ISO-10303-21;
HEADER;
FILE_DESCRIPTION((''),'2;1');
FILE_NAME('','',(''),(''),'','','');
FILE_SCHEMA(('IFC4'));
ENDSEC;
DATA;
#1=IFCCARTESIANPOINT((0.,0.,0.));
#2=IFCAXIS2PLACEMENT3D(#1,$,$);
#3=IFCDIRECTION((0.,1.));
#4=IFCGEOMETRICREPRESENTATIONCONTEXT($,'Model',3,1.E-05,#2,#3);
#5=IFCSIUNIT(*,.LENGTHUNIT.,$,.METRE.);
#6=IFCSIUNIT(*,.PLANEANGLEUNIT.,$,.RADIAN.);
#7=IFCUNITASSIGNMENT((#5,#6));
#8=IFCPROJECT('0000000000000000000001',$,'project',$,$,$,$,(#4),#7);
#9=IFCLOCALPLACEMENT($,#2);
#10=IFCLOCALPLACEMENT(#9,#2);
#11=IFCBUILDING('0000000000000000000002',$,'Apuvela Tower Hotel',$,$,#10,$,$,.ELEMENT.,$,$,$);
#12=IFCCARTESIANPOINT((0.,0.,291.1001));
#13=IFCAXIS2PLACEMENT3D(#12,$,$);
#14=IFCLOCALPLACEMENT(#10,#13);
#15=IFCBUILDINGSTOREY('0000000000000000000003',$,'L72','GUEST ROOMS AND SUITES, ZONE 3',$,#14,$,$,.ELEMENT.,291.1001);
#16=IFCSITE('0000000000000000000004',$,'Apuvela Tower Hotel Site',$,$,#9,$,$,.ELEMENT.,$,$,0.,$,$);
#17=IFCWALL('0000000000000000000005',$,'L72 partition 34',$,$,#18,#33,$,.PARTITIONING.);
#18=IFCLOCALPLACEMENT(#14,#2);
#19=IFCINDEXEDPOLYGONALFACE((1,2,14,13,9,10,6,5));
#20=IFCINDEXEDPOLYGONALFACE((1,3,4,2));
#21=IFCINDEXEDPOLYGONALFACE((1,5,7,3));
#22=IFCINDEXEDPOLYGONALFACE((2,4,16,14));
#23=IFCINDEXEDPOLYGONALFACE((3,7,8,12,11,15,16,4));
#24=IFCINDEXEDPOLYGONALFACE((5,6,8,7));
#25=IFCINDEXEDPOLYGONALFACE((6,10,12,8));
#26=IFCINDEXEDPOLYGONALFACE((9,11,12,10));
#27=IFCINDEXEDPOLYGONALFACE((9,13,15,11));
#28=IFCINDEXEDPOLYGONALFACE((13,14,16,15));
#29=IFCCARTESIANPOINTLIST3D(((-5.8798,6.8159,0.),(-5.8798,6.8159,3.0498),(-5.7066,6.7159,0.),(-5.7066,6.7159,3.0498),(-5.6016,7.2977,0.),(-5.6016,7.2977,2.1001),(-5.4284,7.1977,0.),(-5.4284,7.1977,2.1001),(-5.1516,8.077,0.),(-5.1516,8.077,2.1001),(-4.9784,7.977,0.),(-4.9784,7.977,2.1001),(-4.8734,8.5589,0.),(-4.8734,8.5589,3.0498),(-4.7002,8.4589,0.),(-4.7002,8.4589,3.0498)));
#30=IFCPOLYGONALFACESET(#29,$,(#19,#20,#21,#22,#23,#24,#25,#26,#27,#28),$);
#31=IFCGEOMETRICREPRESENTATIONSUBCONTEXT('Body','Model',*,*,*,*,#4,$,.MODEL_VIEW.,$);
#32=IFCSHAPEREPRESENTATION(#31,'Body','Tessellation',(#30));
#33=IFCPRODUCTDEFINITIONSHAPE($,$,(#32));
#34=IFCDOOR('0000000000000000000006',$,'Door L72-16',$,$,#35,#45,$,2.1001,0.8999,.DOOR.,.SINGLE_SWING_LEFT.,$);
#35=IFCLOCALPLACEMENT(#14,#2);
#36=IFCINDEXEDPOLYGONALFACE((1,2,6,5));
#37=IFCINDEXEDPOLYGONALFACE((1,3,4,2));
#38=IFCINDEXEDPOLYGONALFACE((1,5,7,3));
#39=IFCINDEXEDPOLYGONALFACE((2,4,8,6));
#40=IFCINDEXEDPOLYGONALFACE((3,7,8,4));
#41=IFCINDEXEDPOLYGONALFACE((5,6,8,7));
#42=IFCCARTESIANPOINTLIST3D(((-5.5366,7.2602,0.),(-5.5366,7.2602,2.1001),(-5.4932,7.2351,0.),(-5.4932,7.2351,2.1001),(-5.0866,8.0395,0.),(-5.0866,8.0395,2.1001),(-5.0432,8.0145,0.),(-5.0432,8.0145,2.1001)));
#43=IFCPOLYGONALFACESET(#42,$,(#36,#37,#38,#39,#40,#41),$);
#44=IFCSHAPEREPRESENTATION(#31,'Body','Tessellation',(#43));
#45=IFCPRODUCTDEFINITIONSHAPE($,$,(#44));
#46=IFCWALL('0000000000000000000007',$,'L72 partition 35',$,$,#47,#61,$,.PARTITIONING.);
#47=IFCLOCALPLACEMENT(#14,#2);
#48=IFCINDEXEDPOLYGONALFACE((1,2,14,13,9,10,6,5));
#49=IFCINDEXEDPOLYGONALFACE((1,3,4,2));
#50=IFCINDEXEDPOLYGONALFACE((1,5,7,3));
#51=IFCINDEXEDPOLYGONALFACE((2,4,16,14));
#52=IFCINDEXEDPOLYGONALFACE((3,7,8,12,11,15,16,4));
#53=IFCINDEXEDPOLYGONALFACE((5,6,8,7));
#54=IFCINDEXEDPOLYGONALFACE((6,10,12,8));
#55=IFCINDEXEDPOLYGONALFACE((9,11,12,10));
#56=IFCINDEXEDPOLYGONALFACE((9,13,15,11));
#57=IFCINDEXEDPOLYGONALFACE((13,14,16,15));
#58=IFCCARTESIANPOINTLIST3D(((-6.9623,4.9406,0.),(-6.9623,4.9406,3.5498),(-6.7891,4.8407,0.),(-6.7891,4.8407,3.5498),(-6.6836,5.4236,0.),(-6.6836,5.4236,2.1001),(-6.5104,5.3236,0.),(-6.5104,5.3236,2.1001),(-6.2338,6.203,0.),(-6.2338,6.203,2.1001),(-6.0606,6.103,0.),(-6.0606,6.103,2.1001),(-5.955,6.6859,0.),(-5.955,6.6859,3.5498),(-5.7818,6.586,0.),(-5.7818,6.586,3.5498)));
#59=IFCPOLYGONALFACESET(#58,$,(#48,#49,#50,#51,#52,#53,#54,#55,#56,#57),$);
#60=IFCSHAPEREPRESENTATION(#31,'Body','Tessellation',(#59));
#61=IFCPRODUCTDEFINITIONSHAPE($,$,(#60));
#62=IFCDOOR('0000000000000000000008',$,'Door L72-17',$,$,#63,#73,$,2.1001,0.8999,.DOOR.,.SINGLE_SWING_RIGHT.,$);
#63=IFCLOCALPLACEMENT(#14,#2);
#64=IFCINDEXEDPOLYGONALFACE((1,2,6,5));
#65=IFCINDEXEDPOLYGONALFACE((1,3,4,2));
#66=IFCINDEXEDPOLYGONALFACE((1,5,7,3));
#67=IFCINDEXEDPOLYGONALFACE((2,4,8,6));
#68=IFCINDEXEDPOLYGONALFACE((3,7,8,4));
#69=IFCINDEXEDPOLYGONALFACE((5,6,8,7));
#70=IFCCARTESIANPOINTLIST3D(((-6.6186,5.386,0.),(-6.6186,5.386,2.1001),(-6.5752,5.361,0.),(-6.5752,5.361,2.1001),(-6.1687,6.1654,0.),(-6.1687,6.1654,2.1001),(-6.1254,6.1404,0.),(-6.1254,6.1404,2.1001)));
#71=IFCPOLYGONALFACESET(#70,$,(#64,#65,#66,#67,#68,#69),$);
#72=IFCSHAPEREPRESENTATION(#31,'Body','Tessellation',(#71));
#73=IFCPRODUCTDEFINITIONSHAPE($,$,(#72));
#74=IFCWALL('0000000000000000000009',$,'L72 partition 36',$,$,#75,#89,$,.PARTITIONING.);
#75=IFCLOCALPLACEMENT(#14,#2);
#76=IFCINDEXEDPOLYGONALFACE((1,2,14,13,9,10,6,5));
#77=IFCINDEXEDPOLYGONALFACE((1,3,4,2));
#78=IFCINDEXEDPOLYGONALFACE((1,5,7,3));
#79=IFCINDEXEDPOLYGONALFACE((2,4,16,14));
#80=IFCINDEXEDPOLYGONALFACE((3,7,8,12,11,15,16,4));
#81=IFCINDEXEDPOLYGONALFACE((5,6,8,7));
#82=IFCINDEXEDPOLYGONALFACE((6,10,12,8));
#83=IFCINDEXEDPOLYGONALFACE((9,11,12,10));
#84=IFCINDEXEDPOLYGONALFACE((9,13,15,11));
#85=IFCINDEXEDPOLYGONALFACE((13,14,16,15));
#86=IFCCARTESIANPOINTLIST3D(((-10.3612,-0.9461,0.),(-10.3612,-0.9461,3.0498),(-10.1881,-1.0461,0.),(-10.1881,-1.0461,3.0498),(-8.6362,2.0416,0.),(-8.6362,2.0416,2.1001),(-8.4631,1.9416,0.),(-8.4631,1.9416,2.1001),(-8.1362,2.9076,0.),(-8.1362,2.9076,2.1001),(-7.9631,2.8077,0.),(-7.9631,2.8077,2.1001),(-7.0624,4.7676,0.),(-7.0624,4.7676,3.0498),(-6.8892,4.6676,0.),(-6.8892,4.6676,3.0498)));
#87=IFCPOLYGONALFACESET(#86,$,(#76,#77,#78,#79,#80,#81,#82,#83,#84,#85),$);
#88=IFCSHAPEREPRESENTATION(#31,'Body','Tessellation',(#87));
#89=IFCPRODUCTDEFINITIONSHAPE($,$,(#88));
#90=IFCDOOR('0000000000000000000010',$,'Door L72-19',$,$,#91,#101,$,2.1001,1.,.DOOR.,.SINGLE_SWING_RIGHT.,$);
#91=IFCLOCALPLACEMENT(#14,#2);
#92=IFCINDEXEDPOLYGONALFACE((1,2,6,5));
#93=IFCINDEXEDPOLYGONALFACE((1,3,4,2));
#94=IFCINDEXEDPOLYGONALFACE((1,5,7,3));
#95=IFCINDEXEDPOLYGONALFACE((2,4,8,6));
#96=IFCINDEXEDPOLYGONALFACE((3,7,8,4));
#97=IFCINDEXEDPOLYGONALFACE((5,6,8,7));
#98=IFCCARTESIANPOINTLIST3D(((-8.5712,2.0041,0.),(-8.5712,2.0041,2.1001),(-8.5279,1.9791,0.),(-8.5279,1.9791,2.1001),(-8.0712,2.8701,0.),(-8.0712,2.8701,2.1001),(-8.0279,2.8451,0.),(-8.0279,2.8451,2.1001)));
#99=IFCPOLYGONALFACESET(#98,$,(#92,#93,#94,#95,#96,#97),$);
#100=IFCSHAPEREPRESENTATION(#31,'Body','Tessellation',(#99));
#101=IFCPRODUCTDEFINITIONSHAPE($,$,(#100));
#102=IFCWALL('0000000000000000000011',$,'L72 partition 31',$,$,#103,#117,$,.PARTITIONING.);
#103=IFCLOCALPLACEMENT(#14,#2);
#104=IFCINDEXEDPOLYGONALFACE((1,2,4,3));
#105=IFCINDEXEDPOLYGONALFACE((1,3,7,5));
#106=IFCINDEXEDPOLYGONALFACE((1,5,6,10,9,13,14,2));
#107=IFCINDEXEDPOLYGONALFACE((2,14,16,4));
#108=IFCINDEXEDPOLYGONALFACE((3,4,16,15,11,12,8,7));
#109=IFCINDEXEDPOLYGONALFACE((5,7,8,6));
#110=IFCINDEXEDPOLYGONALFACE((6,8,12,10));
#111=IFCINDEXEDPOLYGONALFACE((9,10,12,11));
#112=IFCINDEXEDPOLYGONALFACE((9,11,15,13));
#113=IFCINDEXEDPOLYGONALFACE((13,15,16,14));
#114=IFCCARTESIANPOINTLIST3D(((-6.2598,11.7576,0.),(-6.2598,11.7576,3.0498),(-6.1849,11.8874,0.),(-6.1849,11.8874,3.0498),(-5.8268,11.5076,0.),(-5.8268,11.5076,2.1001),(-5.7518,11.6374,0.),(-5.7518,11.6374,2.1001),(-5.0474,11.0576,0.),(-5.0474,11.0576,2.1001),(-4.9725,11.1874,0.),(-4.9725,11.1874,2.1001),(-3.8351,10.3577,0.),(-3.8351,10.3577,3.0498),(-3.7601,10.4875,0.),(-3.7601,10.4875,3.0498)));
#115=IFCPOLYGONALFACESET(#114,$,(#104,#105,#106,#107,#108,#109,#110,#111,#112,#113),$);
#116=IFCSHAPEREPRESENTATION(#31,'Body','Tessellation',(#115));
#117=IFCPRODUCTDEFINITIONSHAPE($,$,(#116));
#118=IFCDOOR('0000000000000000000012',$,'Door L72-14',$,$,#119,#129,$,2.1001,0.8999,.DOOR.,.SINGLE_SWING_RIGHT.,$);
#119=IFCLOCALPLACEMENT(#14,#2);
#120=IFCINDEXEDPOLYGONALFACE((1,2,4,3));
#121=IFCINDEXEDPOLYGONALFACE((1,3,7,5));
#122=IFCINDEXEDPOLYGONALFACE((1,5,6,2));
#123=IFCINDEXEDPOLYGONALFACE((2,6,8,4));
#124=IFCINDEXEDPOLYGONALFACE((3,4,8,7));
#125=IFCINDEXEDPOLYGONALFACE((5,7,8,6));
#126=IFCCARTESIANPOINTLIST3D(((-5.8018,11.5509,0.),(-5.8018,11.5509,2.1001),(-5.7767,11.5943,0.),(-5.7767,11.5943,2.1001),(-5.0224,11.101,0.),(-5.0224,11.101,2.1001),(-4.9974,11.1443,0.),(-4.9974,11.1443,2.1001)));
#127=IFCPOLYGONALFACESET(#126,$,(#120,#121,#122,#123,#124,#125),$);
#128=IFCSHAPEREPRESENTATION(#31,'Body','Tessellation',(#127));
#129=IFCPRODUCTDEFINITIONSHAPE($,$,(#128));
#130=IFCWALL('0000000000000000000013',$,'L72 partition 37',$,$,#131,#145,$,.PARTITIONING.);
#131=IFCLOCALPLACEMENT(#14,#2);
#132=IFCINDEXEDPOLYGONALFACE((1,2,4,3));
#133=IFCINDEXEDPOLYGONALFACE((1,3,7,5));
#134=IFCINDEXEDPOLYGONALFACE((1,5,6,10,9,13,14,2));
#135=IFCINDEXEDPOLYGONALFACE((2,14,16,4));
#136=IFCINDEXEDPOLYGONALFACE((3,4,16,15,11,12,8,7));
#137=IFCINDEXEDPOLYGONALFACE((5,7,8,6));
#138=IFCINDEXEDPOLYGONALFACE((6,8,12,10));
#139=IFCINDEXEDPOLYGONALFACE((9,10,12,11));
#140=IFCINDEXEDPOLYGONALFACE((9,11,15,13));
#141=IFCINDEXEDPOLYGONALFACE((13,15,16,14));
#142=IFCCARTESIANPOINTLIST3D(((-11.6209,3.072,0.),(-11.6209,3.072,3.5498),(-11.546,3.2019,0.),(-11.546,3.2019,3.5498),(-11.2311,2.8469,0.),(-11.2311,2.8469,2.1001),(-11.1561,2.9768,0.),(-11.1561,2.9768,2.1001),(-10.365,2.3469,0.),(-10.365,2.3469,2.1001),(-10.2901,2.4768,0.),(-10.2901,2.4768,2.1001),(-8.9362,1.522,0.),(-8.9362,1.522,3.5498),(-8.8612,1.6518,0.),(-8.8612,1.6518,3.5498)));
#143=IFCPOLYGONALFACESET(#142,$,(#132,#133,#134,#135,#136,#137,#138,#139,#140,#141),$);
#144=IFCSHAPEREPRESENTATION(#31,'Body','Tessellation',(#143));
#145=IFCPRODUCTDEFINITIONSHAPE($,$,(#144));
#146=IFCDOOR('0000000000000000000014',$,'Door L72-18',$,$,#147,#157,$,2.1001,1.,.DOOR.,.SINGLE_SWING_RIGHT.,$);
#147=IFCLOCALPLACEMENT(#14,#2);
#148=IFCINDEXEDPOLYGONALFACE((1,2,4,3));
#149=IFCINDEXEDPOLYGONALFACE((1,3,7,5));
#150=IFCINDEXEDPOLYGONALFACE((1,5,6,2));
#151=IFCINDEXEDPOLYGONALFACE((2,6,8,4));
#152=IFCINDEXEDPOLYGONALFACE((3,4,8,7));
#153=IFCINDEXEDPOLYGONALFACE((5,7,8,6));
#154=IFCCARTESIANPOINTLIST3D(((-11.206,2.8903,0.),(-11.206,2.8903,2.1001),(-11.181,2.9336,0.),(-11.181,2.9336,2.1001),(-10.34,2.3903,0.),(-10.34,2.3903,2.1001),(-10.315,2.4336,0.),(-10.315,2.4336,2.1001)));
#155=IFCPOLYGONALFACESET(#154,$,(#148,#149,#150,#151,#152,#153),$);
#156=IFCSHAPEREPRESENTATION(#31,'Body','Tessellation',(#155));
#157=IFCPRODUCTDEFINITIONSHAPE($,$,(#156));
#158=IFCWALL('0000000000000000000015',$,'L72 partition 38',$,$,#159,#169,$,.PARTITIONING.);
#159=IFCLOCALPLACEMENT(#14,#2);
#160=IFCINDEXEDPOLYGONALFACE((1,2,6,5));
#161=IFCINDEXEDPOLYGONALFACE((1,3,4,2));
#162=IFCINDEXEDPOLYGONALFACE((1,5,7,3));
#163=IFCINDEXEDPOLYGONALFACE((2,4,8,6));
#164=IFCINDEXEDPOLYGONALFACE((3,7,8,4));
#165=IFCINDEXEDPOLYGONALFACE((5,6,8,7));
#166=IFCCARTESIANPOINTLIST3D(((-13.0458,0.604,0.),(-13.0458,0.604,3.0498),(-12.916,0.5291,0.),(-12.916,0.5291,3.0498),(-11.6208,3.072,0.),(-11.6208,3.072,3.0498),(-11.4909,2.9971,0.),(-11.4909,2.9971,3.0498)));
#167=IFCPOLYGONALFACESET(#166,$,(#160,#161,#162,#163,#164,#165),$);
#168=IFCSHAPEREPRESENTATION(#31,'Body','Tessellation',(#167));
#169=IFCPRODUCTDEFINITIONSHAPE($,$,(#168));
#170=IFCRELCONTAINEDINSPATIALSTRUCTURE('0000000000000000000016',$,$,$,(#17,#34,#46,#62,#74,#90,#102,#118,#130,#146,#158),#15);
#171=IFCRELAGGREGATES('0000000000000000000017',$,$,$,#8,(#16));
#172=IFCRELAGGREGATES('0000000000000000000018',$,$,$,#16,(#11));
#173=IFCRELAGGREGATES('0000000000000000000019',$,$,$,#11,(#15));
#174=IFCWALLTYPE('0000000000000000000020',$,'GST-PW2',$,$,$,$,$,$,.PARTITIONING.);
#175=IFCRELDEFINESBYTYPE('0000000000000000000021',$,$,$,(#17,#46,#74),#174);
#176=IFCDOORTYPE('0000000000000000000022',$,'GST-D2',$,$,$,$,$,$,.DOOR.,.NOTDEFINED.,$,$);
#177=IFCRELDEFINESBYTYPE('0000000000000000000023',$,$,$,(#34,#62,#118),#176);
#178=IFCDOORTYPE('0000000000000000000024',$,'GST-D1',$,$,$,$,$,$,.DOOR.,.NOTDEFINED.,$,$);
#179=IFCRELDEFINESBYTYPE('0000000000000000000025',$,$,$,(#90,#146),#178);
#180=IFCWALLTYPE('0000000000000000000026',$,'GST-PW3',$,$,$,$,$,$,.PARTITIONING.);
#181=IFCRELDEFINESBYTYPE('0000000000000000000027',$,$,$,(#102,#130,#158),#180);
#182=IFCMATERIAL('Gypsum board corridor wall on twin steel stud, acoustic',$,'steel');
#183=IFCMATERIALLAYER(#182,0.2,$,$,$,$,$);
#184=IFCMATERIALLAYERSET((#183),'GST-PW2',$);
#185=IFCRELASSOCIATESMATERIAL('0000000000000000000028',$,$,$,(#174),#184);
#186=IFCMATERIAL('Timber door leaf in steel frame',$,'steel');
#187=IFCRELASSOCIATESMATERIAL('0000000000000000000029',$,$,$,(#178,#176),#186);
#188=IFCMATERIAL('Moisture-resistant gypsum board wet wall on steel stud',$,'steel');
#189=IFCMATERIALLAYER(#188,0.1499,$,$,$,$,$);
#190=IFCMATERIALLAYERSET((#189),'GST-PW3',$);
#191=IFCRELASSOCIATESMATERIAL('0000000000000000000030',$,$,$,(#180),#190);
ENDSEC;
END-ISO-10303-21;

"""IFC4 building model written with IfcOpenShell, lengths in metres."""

from ifc_helpers import new_model, si_unit, direction, frame, frame_2d, origin, place, context, subcontext, project, spatial, rectangle, extrude, material, layer, layer_set, type_object, element, fill, save


model = new_model("IFC4")

# Units and contexts
model_context = context("Model", 3, precision=1e-05, world=origin(), true_north=direction((0.0, 1.0)))
body_context = subcontext(model_context, "Body", "Model", "MODEL_VIEW")
ifc_project = project(units=[si_unit("LENGTHUNIT", "METRE"), si_unit("PLANEANGLEUNIT", "RADIAN")], contexts=[model_context])

# Site, building, storey
site_placement = place(None, origin())
site = spatial("IfcSite", under=ifc_project, at=site_placement, Name="Apuvela Tower Hotel Site", CompositionType="ELEMENT", RefElevation=0.0)
building_placement = place(site_placement, origin())
building = spatial("IfcBuilding", under=site, at=building_placement, Name="Apuvela Tower Hotel", CompositionType="ELEMENT")
storey_placement = place(building_placement, frame((0.0, 0.0, 291.1001)))
storey = spatial("IfcBuildingStorey", under=building, at=storey_placement, Name="L72", Description="GUEST ROOMS AND SUITES, ZONE 3", CompositionType="ELEMENT", Elevation=291.1001)

# Walls, openings, doors
ifc_material_1 = material(Name="Gypsum board corridor wall on twin steel stud, acoustic", Category="steel")
ifc_layer_1 = layer(ifc_material_1, 0.2)
ifc_layer_set_1 = layer_set([ifc_layer_1], Name="GST-PW2")
wall_type_1 = type_object("IfcWallType", Name="GST-PW2", PredefinedType="PARTITIONING", material=ifc_layer_set_1)
ifc_material_2 = material(Name="Timber door leaf in steel frame", Category="steel")
door_type_1 = type_object("IfcDoorType", Name="GST-D1", OperationType="NOTDEFINED", PredefinedType="DOOR", material=ifc_material_2)
wall_1_placement = place(storey_placement, frame((-5.7932, 6.7659, 0.0), z_axis=(0.0, 0.0, 1.0), x_axis=(0.500027, 0.86601, 0.0)))
wall_1 = element("IfcWall", 1, at=wall_1_placement, inside=storey, type_object=wall_type_1, Name="L72 partition 34", PredefinedType="PARTITIONING", context=body_context, shape_type="SweptSolid", body=[
    extrude(rectangle(XDim=2.0127, YDim=0.2, at=frame_2d((1.0063, 0.0))), origin(), (0.0, 0.0, 1.0), 3.0498),
])
opening_1_placement = place(wall_1_placement, frame((0.5564, 0.0, 0.0)))
opening_1 = element("IfcOpeningElement", 2, at=opening_1_placement, cuts=wall_1, PredefinedType="OPENING", context=body_context, shape_type="SweptSolid", body=[
    extrude(rectangle(XDim=0.8999, YDim=2.1001, at=frame_2d((0.45, 1.05))), frame((0.0, 0.1099, 0.0), z_axis=(0.0, -1.0, 0.0), x_axis=(1.0, 0.0, 0.0)), (0.0, 0.0, 1.0), 0.22),
])
door_type_2 = type_object("IfcDoorType", Name="GST-D2", OperationType="NOTDEFINED", PredefinedType="DOOR", material=ifc_material_2)
door_1_placement = place(opening_1_placement, origin())
door_1 = element("IfcDoor", 3, at=door_1_placement, inside=storey, type_object=door_type_2, Name="Door L72-16", OperationType="SINGLE_SWING_LEFT", OverallHeight=2.1001, OverallWidth=0.8999, PredefinedType="DOOR", context=body_context, shape_type="SweptSolid", body=[
    extrude(rectangle(XDim=0.8999, YDim=2.1001, at=frame_2d((0.45, 1.05))), frame((0.0, 0.0249, 0.0), z_axis=(0.0, -1.0, 0.0), x_axis=(1.0, 0.0, 0.0)), (0.0, 0.0, 1.0), 0.05),
])
fill(opening_1, door_1)
wall_2_placement = place(storey_placement, frame((-6.8757, 4.8906, 0.0), z_axis=(0.0, 0.0, 1.0), x_axis=(0.499866, 0.866103, 0.0)))
wall_2 = element("IfcWall", 4, at=wall_2_placement, inside=storey, type_object=wall_type_1, Name="L72 partition 35", PredefinedType="PARTITIONING", context=body_context, shape_type="SweptSolid", body=[
    extrude(rectangle(XDim=2.0151, YDim=0.2, at=frame_2d((1.0076, 0.0))), origin(), (0.0, 0.0, 1.0), 3.5498),
])
opening_2_placement = place(wall_2_placement, frame((0.5576, 0.0, 0.0)))
opening_2 = element("IfcOpeningElement", 5, at=opening_2_placement, cuts=wall_2, PredefinedType="OPENING", context=body_context, shape_type="SweptSolid", body=[
    extrude(rectangle(XDim=0.8999, YDim=2.1001, at=frame_2d((0.45, 1.05))), frame((0.0, 0.1099, 0.0), z_axis=(0.0, -1.0, 0.0), x_axis=(1.0, 0.0, 0.0)), (0.0, 0.0, 1.0), 0.22),
])
door_2_placement = place(opening_2_placement, origin())
door_2 = element("IfcDoor", 6, at=door_2_placement, inside=storey, type_object=door_type_2, Name="Door L72-17", OperationType="SINGLE_SWING_RIGHT", OverallHeight=2.1001, OverallWidth=0.8999, PredefinedType="DOOR", context=body_context, shape_type="SweptSolid", body=[
    extrude(rectangle(XDim=0.8999, YDim=2.1001, at=frame_2d((0.45, 1.05))), frame((0.0, 0.0249, 0.0), z_axis=(0.0, -1.0, 0.0), x_axis=(1.0, 0.0, 0.0)), (0.0, 0.0, 1.0), 0.05),
])
fill(opening_2, door_2)
wall_3_placement = place(storey_placement, frame((-10.2747, -0.9961, 0.0), z_axis=(0.0, 0.0, 1.0), x_axis=(0.500008, 0.866021, 0.0)))
wall_3 = element("IfcWall", 7, at=wall_3_placement, inside=storey, type_object=wall_type_1, Name="L72 partition 36", PredefinedType="PARTITIONING", context=body_context, shape_type="SweptSolid", body=[
    extrude(rectangle(XDim=6.5977, YDim=0.2, at=frame_2d((3.2988, 0.0))), origin(), (0.0, 0.0, 1.0), 3.0498),
])
opening_3_placement = place(wall_3_placement, frame((3.45, 0.0, 0.0)))
opening_3 = element("IfcOpeningElement", 8, at=opening_3_placement, cuts=wall_3, PredefinedType="OPENING", context=body_context, shape_type="SweptSolid", body=[
    extrude(rectangle(XDim=1.0, YDim=2.1001, at=frame_2d((0.5, 1.05))), frame((0.0, 0.1099, 0.0), z_axis=(0.0, -1.0, 0.0), x_axis=(1.0, 0.0, 0.0)), (0.0, 0.0, 1.0), 0.22),
])
door_3_placement = place(opening_3_placement, origin())
door_3 = element("IfcDoor", 9, at=door_3_placement, inside=storey, type_object=door_type_1, Name="Door L72-19", OperationType="SINGLE_SWING_RIGHT", OverallHeight=2.1001, OverallWidth=1.0, PredefinedType="DOOR", context=body_context, shape_type="SweptSolid", body=[
    extrude(rectangle(XDim=1.0, YDim=2.1001, at=frame_2d((0.5, 1.05))), frame((0.0, 0.0249, 0.0), z_axis=(0.0, -1.0, 0.0), x_axis=(1.0, 0.0, 0.0)), (0.0, 0.0, 1.0), 0.05),
])
fill(opening_3, door_3)
ifc_material_3 = material(Name="Moisture-resistant gypsum board wet wall on steel stud", Category="steel")
ifc_layer_2 = layer(ifc_material_3, 0.1499)
ifc_layer_set_2 = layer_set([ifc_layer_2], Name="GST-PW3")
wall_type_2 = type_object("IfcWallType", Name="GST-PW3", PredefinedType="PARTITIONING", material=ifc_layer_set_2)
wall_4_placement = place(storey_placement, frame((-3.7976, 10.4226, 0.0), z_axis=(0.0, 0.0, 1.0), x_axis=(-0.866035, 0.499984, 0.0)))
wall_4 = element("IfcWall", 10, at=wall_4_placement, inside=storey, type_object=wall_type_2, Name="L72 partition 31", PredefinedType="PARTITIONING", context=body_context, shape_type="SweptSolid", body=[
    extrude(rectangle(XDim=2.7998, YDim=0.1499, at=frame_2d((1.3999, 0.0))), origin(), (0.0, 0.0, 1.0), 3.0498),
])
opening_4_placement = place(wall_4_placement, frame((1.3999, 0.0, 0.0)))
opening_4 = element("IfcOpeningElement", 11, at=opening_4_placement, cuts=wall_4, PredefinedType="OPENING", context=body_context, shape_type="SweptSolid", body=[
    extrude(rectangle(XDim=0.8999, YDim=2.1001, at=frame_2d((0.45, 1.05))), frame((0.0, 0.085, 0.0), z_axis=(0.0, -1.0, 0.0), x_axis=(1.0, 0.0, 0.0)), (0.0, 0.0, 1.0), 0.1699),
])
door_4_placement = place(opening_4_placement, origin())
door_4 = element("IfcDoor", 12, at=door_4_placement, inside=storey, type_object=door_type_2, Name="Door L72-14", OperationType="SINGLE_SWING_RIGHT", OverallHeight=2.1001, OverallWidth=0.8999, PredefinedType="DOOR", context=body_context, shape_type="SweptSolid", body=[
    extrude(rectangle(XDim=0.8999, YDim=2.1001, at=frame_2d((0.45, 1.05))), frame((0.0, 0.0249, 0.0), z_axis=(0.0, -1.0, 0.0), x_axis=(1.0, 0.0, 0.0)), (0.0, 0.0, 1.0), 0.05),
])
fill(opening_4, door_4)
wall_5_placement = place(storey_placement, frame((-8.8987, 1.5869, 0.0), z_axis=(0.0, 0.0, 1.0), x_axis=(-0.86603, 0.499993, 0.0)))
wall_5 = element("IfcWall", 13, at=wall_5_placement, inside=storey, type_object=wall_type_2, Name="L72 partition 37", PredefinedType="PARTITIONING", context=body_context, shape_type="SweptSolid", body=[
    extrude(rectangle(XDim=3.1001, YDim=0.1499, at=frame_2d((1.55, 0.0))), origin(), (0.0, 0.0, 1.0), 3.5498),
])
opening_5_placement = place(wall_5_placement, frame((1.6499, 0.0, 0.0)))
opening_5 = element("IfcOpeningElement", 14, at=opening_5_placement, cuts=wall_5, PredefinedType="OPENING", context=body_context, shape_type="SweptSolid", body=[
    extrude(rectangle(XDim=1.0, YDim=2.1001, at=frame_2d((0.5, 1.05))), frame((0.0, 0.085, 0.0), z_axis=(0.0, -1.0, 0.0), x_axis=(1.0, 0.0, 0.0)), (0.0, 0.0, 1.0), 0.1699),
])
door_5_placement = place(opening_5_placement, origin())
door_5 = element("IfcDoor", 15, at=door_5_placement, inside=storey, type_object=door_type_1, Name="Door L72-18", OperationType="SINGLE_SWING_RIGHT", OverallHeight=2.1001, OverallWidth=1.0, PredefinedType="DOOR", context=body_context, shape_type="SweptSolid", body=[
    extrude(rectangle(XDim=1.0, YDim=2.1001, at=frame_2d((0.5, 1.05))), frame((0.0, 0.0249, 0.0), z_axis=(0.0, -1.0, 0.0), x_axis=(1.0, 0.0, 0.0)), (0.0, 0.0, 1.0), 0.05),
])
fill(opening_5, door_5)

# Wall
wall_6_placement = place(storey_placement, frame((-11.5559, 3.0344, 0.0), z_axis=(0.0, 0.0, 1.0), x_axis=(-0.500036, -0.866004, 0.0)))
element("IfcWall", 16, at=wall_6_placement, inside=storey, type_object=wall_type_2, Name="L72 partition 38", PredefinedType="PARTITIONING", context=body_context, shape_type="SweptSolid", body=[
    extrude(rectangle(XDim=2.8499, YDim=0.1499, at=frame_2d((1.4248, 0.0))), origin(), (0.0, 0.0, 1.0), 3.0498),
])

save(model, "model.ifc")
